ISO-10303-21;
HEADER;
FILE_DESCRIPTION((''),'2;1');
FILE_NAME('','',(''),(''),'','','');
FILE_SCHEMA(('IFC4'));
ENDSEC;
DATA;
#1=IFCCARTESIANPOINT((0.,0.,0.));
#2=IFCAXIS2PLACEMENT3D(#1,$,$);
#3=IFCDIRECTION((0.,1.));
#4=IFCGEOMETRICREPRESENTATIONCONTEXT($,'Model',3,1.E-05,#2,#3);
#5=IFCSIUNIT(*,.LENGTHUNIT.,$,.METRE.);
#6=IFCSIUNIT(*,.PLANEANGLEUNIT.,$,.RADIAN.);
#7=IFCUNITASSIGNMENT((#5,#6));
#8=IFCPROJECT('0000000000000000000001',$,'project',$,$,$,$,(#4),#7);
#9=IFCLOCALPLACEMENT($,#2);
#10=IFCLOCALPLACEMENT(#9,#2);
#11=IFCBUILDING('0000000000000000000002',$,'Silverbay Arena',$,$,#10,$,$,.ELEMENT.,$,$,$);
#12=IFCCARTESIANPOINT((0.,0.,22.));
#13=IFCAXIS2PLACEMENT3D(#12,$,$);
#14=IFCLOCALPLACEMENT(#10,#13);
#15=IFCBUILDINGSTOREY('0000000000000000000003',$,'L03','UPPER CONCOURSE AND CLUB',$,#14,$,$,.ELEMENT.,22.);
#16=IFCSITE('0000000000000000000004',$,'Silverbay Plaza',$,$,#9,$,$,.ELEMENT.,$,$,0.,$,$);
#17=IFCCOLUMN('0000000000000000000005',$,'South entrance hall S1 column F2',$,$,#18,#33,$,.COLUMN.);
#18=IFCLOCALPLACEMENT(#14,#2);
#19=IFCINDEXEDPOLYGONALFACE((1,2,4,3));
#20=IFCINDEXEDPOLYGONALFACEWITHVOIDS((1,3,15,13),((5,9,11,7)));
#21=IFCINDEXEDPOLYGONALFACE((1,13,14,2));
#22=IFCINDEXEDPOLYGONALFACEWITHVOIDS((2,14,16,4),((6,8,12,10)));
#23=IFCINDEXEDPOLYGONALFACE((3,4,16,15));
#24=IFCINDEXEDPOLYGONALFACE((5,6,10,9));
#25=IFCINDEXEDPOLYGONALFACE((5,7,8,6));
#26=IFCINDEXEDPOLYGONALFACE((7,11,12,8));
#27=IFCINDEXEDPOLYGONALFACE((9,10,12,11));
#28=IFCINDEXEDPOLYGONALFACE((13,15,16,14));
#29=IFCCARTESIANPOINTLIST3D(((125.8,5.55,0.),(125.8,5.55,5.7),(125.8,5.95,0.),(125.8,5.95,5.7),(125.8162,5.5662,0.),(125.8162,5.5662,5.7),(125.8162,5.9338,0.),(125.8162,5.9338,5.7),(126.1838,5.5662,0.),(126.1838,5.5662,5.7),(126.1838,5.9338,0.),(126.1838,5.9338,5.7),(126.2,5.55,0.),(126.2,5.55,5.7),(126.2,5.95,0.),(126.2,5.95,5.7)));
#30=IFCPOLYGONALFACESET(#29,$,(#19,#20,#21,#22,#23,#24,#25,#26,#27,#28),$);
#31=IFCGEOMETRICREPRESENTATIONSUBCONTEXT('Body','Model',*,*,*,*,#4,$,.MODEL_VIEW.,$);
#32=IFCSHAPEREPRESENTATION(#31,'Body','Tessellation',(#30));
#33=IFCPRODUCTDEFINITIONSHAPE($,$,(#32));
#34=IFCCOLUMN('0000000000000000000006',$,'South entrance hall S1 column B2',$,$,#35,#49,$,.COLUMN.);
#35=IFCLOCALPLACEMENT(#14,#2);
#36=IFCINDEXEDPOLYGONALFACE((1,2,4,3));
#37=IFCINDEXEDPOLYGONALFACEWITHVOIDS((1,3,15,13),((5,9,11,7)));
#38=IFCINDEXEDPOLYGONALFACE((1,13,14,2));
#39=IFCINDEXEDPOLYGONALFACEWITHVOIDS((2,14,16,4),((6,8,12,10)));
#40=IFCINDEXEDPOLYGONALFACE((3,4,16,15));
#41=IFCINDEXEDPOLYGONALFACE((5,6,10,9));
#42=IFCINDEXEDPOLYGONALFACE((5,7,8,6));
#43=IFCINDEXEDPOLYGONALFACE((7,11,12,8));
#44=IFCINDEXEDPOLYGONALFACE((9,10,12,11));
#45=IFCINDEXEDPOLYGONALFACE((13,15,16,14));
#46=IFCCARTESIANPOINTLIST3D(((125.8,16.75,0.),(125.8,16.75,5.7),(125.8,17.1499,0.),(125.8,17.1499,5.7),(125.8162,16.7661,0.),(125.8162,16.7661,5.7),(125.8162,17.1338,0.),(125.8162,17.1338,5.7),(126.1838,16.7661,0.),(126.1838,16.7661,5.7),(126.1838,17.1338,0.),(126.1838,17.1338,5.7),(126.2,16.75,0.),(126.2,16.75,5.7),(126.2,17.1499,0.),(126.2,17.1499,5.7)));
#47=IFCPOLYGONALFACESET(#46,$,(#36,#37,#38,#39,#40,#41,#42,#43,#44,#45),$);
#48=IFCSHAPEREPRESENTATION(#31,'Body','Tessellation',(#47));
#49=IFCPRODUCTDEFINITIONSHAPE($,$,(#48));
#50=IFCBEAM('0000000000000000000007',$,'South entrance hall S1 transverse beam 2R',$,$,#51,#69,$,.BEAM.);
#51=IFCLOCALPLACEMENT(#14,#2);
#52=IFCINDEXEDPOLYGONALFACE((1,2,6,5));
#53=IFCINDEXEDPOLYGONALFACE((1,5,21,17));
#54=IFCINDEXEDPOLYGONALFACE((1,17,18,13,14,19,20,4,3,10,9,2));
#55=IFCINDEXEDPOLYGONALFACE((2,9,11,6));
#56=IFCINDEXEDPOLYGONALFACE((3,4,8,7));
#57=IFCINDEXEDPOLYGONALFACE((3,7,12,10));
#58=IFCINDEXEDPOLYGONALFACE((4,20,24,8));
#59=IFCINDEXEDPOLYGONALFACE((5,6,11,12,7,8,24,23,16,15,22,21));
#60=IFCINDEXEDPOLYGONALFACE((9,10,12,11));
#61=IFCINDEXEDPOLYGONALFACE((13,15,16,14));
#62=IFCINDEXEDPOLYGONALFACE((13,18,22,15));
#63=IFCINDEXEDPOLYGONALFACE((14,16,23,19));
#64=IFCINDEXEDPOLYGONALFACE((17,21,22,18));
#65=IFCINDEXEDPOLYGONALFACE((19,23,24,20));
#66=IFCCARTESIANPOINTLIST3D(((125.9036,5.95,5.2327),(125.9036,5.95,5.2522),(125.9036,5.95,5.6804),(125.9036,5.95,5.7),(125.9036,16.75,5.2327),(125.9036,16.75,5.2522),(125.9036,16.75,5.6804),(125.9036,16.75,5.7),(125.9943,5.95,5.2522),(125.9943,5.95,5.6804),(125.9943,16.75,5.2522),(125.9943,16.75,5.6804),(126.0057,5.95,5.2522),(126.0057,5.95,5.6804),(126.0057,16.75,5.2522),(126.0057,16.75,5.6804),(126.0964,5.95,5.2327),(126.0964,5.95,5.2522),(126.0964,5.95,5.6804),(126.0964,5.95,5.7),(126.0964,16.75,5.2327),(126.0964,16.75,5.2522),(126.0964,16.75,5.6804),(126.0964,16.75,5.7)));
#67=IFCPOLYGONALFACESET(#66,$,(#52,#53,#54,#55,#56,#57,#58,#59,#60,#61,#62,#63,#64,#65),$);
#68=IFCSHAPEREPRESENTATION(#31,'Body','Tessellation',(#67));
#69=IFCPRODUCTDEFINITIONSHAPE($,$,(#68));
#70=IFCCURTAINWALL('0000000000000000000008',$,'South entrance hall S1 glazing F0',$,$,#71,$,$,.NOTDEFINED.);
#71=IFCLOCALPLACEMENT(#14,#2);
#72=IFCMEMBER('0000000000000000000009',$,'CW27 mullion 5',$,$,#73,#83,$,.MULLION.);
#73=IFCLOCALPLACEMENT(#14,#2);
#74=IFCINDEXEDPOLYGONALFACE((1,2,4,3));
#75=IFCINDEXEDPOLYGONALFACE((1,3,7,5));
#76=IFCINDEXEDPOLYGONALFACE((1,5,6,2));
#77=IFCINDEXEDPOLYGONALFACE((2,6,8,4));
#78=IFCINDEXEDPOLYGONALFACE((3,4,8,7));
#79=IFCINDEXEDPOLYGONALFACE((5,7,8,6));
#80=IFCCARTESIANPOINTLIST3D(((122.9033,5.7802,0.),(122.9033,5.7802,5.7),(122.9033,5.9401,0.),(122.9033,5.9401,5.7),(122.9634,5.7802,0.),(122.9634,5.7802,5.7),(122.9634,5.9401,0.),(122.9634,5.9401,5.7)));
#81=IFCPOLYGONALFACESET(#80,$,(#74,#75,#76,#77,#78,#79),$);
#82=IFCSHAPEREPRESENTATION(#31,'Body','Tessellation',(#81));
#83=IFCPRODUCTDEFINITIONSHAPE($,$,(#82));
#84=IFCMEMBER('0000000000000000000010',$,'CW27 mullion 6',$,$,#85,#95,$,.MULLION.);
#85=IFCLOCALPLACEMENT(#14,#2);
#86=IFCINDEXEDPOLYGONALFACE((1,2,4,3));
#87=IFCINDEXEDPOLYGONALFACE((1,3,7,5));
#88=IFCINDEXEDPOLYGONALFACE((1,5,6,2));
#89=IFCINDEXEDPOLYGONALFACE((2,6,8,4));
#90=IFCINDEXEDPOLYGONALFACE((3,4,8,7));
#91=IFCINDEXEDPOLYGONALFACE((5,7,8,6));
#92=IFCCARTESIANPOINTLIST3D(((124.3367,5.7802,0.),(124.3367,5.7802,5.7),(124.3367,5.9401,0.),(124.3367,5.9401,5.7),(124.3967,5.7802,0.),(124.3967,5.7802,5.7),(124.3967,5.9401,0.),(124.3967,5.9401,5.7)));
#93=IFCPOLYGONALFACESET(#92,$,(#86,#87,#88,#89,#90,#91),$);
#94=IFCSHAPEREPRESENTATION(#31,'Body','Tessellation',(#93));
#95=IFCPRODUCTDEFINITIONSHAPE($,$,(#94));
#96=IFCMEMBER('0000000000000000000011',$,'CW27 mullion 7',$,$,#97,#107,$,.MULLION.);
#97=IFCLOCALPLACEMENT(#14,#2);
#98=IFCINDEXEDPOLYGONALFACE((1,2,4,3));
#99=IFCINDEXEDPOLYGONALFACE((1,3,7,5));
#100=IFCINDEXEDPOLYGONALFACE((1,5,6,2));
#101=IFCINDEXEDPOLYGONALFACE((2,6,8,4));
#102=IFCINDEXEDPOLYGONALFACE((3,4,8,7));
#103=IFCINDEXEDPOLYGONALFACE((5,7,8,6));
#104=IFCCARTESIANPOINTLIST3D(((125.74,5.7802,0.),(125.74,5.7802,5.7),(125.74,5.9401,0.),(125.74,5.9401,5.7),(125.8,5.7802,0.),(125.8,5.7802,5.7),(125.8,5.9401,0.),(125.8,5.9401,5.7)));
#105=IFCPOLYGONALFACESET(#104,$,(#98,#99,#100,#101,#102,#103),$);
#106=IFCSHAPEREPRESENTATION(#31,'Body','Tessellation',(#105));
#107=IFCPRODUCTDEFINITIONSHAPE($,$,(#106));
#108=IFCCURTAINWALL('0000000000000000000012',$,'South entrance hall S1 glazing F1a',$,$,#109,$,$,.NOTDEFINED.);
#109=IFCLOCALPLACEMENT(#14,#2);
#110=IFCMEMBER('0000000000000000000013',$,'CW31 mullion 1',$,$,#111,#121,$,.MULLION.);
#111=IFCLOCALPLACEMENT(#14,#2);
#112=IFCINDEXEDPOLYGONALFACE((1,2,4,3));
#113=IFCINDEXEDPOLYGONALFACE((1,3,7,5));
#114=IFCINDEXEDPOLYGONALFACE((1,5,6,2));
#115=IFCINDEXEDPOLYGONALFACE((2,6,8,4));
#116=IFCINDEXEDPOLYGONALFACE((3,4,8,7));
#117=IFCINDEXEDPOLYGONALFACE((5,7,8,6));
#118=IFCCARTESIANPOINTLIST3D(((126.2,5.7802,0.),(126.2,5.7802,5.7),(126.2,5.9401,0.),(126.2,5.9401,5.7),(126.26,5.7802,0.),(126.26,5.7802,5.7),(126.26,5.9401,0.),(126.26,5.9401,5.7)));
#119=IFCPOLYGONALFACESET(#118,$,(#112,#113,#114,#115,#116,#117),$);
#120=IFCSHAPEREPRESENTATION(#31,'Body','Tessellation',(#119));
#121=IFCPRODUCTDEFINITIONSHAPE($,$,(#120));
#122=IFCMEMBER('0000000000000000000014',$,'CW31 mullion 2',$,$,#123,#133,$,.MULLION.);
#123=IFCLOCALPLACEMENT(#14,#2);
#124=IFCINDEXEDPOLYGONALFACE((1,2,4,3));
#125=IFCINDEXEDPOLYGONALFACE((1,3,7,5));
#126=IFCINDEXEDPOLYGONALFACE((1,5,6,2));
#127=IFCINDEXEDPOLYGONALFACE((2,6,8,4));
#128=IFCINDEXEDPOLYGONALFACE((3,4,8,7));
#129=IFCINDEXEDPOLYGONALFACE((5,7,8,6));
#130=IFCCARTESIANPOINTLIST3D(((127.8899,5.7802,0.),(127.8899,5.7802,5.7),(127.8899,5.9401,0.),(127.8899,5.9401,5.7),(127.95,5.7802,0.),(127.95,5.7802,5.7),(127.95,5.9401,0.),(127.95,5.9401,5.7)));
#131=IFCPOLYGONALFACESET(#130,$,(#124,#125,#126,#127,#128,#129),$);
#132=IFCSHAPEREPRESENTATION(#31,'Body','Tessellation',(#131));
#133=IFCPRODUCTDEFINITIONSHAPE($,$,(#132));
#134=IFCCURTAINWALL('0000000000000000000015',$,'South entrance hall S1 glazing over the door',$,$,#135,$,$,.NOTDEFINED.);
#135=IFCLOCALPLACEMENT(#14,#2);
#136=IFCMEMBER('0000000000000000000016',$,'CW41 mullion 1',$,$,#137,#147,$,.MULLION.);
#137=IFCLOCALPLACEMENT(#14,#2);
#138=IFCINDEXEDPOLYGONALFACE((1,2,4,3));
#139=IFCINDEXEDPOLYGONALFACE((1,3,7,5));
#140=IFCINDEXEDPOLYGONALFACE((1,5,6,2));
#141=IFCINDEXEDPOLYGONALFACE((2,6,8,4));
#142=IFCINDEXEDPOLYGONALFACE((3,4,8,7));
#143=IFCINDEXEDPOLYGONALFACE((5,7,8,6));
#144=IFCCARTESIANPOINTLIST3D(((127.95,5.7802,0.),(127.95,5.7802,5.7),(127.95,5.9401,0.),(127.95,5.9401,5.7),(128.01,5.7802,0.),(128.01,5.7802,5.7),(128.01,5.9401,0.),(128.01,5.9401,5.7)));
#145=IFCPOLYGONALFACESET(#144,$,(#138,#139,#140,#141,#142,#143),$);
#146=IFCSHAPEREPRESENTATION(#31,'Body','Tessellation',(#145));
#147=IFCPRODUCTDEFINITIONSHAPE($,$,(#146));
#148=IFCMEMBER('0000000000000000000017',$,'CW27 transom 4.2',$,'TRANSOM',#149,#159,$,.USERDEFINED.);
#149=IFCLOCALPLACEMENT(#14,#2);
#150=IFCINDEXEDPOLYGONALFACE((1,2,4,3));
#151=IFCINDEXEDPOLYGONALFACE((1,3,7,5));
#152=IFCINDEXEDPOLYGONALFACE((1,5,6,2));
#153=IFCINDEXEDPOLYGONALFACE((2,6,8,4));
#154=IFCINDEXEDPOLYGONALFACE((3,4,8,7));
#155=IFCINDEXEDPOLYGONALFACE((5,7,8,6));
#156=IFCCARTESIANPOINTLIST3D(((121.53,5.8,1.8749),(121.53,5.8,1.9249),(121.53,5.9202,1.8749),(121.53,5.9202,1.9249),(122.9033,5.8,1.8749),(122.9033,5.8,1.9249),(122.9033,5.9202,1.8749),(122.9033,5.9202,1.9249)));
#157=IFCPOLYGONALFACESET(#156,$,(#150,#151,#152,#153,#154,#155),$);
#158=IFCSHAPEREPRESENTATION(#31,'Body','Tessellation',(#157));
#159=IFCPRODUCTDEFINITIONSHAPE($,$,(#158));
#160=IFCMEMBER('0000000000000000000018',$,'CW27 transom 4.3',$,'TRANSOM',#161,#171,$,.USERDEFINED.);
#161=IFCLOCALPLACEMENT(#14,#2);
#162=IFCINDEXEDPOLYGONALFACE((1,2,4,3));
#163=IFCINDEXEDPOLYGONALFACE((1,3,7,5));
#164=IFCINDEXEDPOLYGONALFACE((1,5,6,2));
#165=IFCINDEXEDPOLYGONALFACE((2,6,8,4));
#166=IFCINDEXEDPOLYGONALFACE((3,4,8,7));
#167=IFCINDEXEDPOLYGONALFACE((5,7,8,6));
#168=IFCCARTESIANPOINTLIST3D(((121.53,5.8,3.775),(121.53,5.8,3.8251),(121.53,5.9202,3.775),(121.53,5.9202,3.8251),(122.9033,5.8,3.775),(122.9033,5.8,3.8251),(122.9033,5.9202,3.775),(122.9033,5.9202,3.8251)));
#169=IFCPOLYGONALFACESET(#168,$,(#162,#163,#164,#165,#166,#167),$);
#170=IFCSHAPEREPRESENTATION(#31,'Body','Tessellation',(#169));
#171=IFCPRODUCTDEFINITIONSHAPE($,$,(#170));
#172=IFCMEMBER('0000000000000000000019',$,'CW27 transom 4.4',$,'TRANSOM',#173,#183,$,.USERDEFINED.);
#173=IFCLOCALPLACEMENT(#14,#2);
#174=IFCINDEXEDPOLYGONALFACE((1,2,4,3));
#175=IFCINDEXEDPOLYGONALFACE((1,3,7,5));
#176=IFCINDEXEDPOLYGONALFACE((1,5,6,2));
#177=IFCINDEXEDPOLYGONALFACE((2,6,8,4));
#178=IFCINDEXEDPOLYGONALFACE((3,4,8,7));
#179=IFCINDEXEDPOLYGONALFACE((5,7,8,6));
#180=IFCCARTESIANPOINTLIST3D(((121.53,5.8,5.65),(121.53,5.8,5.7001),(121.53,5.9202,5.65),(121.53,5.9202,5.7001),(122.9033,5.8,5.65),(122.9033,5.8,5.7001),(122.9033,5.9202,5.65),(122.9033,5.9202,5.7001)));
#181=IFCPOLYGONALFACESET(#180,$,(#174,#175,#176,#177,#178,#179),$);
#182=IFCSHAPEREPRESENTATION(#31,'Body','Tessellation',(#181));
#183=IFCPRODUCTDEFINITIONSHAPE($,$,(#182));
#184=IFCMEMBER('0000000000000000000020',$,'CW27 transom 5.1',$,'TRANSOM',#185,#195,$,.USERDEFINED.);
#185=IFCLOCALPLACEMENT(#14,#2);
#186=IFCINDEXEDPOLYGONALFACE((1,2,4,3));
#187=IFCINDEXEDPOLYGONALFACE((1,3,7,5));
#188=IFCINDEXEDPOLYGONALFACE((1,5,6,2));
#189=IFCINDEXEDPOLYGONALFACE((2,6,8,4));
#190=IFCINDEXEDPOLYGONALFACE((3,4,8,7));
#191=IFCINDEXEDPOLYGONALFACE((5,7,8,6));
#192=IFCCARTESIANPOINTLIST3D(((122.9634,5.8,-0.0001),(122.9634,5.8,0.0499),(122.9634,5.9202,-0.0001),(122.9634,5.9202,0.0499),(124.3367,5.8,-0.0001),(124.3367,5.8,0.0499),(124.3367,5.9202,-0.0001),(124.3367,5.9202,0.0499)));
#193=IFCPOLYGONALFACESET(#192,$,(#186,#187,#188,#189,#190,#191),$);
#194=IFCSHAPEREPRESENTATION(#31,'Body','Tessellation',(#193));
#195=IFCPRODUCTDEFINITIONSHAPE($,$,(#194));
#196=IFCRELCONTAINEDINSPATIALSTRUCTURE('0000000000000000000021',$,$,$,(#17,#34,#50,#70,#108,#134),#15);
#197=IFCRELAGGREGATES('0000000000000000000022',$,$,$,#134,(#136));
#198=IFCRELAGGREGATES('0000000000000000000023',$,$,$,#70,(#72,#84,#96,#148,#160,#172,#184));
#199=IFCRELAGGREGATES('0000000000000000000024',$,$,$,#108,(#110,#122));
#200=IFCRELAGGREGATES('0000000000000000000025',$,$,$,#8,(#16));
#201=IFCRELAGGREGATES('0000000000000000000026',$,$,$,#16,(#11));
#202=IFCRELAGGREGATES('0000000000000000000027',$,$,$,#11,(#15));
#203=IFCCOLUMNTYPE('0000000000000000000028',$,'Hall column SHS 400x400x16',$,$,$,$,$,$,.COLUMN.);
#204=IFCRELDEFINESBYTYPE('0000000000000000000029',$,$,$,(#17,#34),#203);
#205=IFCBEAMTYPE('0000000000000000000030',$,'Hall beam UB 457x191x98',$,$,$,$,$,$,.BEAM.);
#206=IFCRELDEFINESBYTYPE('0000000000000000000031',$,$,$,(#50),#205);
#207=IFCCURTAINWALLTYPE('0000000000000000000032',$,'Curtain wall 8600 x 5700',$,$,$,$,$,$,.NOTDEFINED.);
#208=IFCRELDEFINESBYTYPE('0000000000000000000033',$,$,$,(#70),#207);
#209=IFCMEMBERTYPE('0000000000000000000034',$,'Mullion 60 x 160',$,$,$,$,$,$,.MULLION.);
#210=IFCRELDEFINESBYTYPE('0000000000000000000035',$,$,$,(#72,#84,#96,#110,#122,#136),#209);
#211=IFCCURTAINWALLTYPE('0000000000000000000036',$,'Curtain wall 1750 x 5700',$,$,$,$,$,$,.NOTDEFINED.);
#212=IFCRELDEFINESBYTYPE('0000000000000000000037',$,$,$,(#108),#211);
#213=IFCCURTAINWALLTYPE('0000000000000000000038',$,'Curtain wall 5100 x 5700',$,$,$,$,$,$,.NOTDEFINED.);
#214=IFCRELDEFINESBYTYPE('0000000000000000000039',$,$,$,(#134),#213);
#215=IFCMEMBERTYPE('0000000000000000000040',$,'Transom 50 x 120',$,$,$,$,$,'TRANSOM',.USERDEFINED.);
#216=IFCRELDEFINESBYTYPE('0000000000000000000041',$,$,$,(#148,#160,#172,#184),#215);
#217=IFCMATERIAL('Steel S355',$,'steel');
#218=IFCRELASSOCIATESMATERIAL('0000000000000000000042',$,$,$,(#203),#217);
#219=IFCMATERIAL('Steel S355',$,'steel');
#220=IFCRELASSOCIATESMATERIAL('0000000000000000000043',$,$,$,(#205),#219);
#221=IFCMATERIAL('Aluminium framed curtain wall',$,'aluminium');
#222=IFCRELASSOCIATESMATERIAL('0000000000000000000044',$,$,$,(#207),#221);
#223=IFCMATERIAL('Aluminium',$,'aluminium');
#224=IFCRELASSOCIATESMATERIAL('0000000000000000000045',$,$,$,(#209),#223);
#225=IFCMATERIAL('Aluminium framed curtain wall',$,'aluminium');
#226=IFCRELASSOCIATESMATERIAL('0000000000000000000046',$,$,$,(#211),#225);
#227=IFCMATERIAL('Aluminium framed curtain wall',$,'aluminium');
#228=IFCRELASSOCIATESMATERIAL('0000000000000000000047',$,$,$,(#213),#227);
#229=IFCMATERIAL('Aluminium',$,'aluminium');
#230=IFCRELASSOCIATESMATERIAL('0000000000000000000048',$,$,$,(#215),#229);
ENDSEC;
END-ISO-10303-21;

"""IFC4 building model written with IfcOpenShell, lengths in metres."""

from ifc_helpers import new_model, si_unit, direction, frame, origin, origin_2d, place, context, subcontext, project, spatial, rectangle, hollow_rectangle, i_section, extrude, material, material_profile, profile_set, type_object, element, aggregate, save


model = new_model("IFC4")

# Units and contexts
model_context = context("Model", 3, precision=1e-05, world=origin(), true_north=direction((0.0, 1.0)))
body_context = subcontext(model_context, "Body", "Model", "MODEL_VIEW")
ifc_project = project(units=[si_unit("LENGTHUNIT", "METRE"), si_unit("PLANEANGLEUNIT", "RADIAN")], contexts=[model_context])

# Site, building, storey
site_placement = place(None, origin())
site = spatial("IfcSite", under=ifc_project, at=site_placement, Name="Silverbay Plaza", CompositionType="ELEMENT", RefElevation=0.0)
building_placement = place(site_placement, origin())
building = spatial("IfcBuilding", under=site, at=building_placement, Name="Silverbay Arena", CompositionType="ELEMENT")
storey_placement = place(building_placement, frame((0.0, 0.0, 22.0)))
storey = spatial("IfcBuildingStorey", under=building, at=storey_placement, Name="L03", Description="UPPER CONCOURSE AND CLUB", CompositionType="ELEMENT", Elevation=22.0)

# Columns
ifc_material_1 = material(Name="Steel S355", Category="steel")
ifc_material_profile_1 = material_profile(ifc_material_1, hollow_rectangle(XDim=0.3999, YDim=0.3999, WallThickness=0.0161, at=origin_2d()), Name="SHS 400x400x16")
ifc_profile_set_1 = profile_set([ifc_material_profile_1], Name="Steel S355")
column_type = type_object("IfcColumnType", Name="Hall column SHS 400x400x16", PredefinedType="COLUMN", material=ifc_profile_set_1)
for number, where, z_axis, x_axis, name in (
    (1, (126.0, 5.75, 0.0), (0.0, 0.0, 1.0), (1.0, 0.0, 0.0), "South entrance hall S1 column F2"),
    (2, (126.0, 16.95, 0.0), (0.0, 0.0, 1.0), (1.0, 0.0, 0.0), "South entrance hall S1 column B2"),
):
    element("IfcColumn", number, at=place(storey_placement, frame(where, z_axis=z_axis, x_axis=x_axis)), inside=storey, type_object=column_type, Name=name, PredefinedType="COLUMN", context=body_context, shape_type="SweptSolid", body=[
        extrude(hollow_rectangle(XDim=0.3999, YDim=0.3999, WallThickness=0.0161, at=origin_2d()), origin(), (0.0, 0.0, 1.0), 5.7),
    ])

# Beam
ifc_material_2 = material(Name="Steel S355", Category="steel")
ifc_material_profile_2 = material_profile(ifc_material_2, i_section(OverallWidth=0.1929, OverallDepth=0.4673, WebThickness=0.0115, FlangeThickness=0.0195, at=origin_2d()), Name="UB 457x191x98")
ifc_profile_set_2 = profile_set([ifc_material_profile_2], Name="Steel S355")
beam_type = type_object("IfcBeamType", Name="Hall beam UB 457x191x98", PredefinedType="BEAM", material=ifc_profile_set_2)
beam_placement = place(storey_placement, frame((126.0, 16.75, 5.4663), z_axis=(0.0, -1.0, 0.0), x_axis=(1.0, 0.0, 0.0)))
element("IfcBeam", 3, at=beam_placement, inside=storey, type_object=beam_type, Name="South entrance hall S1 transverse beam 2R", PredefinedType="BEAM", context=body_context, shape_type="SweptSolid", body=[
    extrude(i_section(OverallWidth=0.1929, OverallDepth=0.4673, WebThickness=0.0115, FlangeThickness=0.0195, at=origin_2d()), origin(), (0.0, 0.0, 1.0), 10.8),
])

# Curtain walls, members
ifc_material_3 = material(Name="Aluminium framed curtain wall", Category="aluminium")
curtain_wall_type_1 = type_object("IfcCurtainWallType", Name="Curtain wall 8600 x 5700", PredefinedType="NOTDEFINED", material=ifc_material_3)
curtain_wall_1_placement = place(storey_placement, origin())
curtain_wall_1 = element("IfcCurtainWall", 4, at=curtain_wall_1_placement, inside=storey, type_object=curtain_wall_type_1, Name="South entrance hall S1 glazing F0", PredefinedType="NOTDEFINED")
ifc_material_4 = material(Name="Aluminium", Category="aluminium")
ifc_material_profile_3 = material_profile(ifc_material_4, rectangle(XDim=0.1599, YDim=0.0601, at=origin_2d()), Name="Mullion 60 x 160")
ifc_profile_set_3 = profile_set([ifc_material_profile_3], Name="Aluminium")
member_type_1 = type_object("IfcMemberType", Name="Mullion 60 x 160", PredefinedType="MULLION", material=ifc_profile_set_3)
member_1_placement = place(storey_placement, frame((122.9333, 5.8601, 0.0), z_axis=(0.0, 0.0, 1.0), x_axis=(0.0, 1.0, 0.0)))
member_1 = element("IfcMember", 5, at=member_1_placement, type_object=member_type_1, Name="CW27 mullion 5", PredefinedType="MULLION", context=body_context, shape_type="SweptSolid", body=[
    extrude(rectangle(XDim=0.1599, YDim=0.0601, at=origin_2d()), origin(), (0.0, 0.0, 1.0), 5.7),
])
member_2_placement = place(storey_placement, frame((124.3667, 5.8601, 0.0), z_axis=(0.0, 0.0, 1.0), x_axis=(0.0, 1.0, 0.0)))
member_2 = element("IfcMember", 6, at=member_2_placement, type_object=member_type_1, Name="CW27 mullion 6", PredefinedType="MULLION", context=body_context, shape_type="SweptSolid", body=[
    extrude(rectangle(XDim=0.1599, YDim=0.0601, at=origin_2d()), origin(), (0.0, 0.0, 1.0), 5.7),
])
member_3_placement = place(storey_placement, frame((125.77, 5.8601, 0.0), z_axis=(0.0, 0.0, 1.0), x_axis=(0.0, 1.0, 0.0)))
member_3 = element("IfcMember", 7, at=member_3_placement, type_object=member_type_1, Name="CW27 mullion 7", PredefinedType="MULLION", context=body_context, shape_type="SweptSolid", body=[
    extrude(rectangle(XDim=0.1599, YDim=0.0601, at=origin_2d()), origin(), (0.0, 0.0, 1.0), 5.7),
])
ifc_material_5 = material(Name="Aluminium framed curtain wall", Category="aluminium")
curtain_wall_type_2 = type_object("IfcCurtainWallType", Name="Curtain wall 1750 x 5700", PredefinedType="NOTDEFINED", material=ifc_material_5)
curtain_wall_2_placement = place(storey_placement, origin())
curtain_wall_2 = element("IfcCurtainWall", 8, at=curtain_wall_2_placement, inside=storey, type_object=curtain_wall_type_2, Name="South entrance hall S1 glazing F1a", PredefinedType="NOTDEFINED")
member_4_placement = place(storey_placement, frame((126.23, 5.8601, 0.0), z_axis=(0.0, 0.0, 1.0), x_axis=(0.0, 1.0, 0.0)))
member_4 = element("IfcMember", 9, at=member_4_placement, type_object=member_type_1, Name="CW31 mullion 1", PredefinedType="MULLION", context=body_context, shape_type="SweptSolid", body=[
    extrude(rectangle(XDim=0.1599, YDim=0.0601, at=origin_2d()), origin(), (0.0, 0.0, 1.0), 5.7),
])
member_5_placement = place(storey_placement, frame((127.9199, 5.8601, 0.0), z_axis=(0.0, 0.0, 1.0), x_axis=(0.0, 1.0, 0.0)))
member_5 = element("IfcMember", 10, at=member_5_placement, type_object=member_type_1, Name="CW31 mullion 2", PredefinedType="MULLION", context=body_context, shape_type="SweptSolid", body=[
    extrude(rectangle(XDim=0.1599, YDim=0.0601, at=origin_2d()), origin(), (0.0, 0.0, 1.0), 5.7),
])

# Curtain wall, member
ifc_material_6 = material(Name="Aluminium framed curtain wall", Category="aluminium")
curtain_wall_type_3 = type_object("IfcCurtainWallType", Name="Curtain wall 5100 x 5700", PredefinedType="NOTDEFINED", material=ifc_material_6)
curtain_wall_3_placement = place(storey_placement, origin())
curtain_wall_3 = element("IfcCurtainWall", 11, at=curtain_wall_3_placement, inside=storey, type_object=curtain_wall_type_3, Name="South entrance hall S1 glazing over the door", PredefinedType="NOTDEFINED")
member_6_placement = place(storey_placement, frame((127.98, 5.8601, 0.0), z_axis=(0.0, 0.0, 1.0), x_axis=(0.0, 1.0, 0.0)))
member_6 = element("IfcMember", 12, at=member_6_placement, type_object=member_type_1, Name="CW41 mullion 1", PredefinedType="MULLION", context=body_context, shape_type="SweptSolid", body=[
    extrude(rectangle(XDim=0.1599, YDim=0.0601, at=origin_2d()), origin(), (0.0, 0.0, 1.0), 5.7),
])

# Members
ifc_material_7 = material(Name="Aluminium", Category="aluminium")
ifc_material_profile_4 = material_profile(ifc_material_7, rectangle(XDim=0.1201, YDim=0.05, at=origin_2d()), Name="Transom 50 x 120")
ifc_profile_set_4 = profile_set([ifc_material_profile_4], Name="Aluminium")
member_type_2 = type_object("IfcMemberType", Name="Transom 50 x 120", ElementType="TRANSOM", PredefinedType="USERDEFINED", material=ifc_profile_set_4)
member_7_placement = place(storey_placement, frame((121.53, 5.8601, 1.8999), z_axis=(1.0, 0.0, 0.0), x_axis=(0.0, 1.0, 0.0)))
member_7 = element("IfcMember", 13, at=member_7_placement, type_object=member_type_2, Name="CW27 transom 4.2", ObjectType="TRANSOM", PredefinedType="USERDEFINED", context=body_context, shape_type="SweptSolid", body=[
    extrude(rectangle(XDim=0.1201, YDim=0.05, at=origin_2d()), origin(), (0.0, 0.0, 1.0), 1.3733),
])
member_8_placement = place(storey_placement, frame((121.53, 5.8601, 3.8), z_axis=(1.0, 0.0, 0.0), x_axis=(0.0, 1.0, 0.0)))
member_8 = element("IfcMember", 14, at=member_8_placement, type_object=member_type_2, Name="CW27 transom 4.3", ObjectType="TRANSOM", PredefinedType="USERDEFINED", context=body_context, shape_type="SweptSolid", body=[
    extrude(rectangle(XDim=0.1201, YDim=0.05, at=origin_2d()), origin(), (0.0, 0.0, 1.0), 1.3733),
])
member_9_placement = place(storey_placement, frame((121.53, 5.8601, 5.675), z_axis=(1.0, 0.0, 0.0), x_axis=(0.0, 1.0, 0.0)))
member_9 = element("IfcMember", 15, at=member_9_placement, type_object=member_type_2, Name="CW27 transom 4.4", ObjectType="TRANSOM", PredefinedType="USERDEFINED", context=body_context, shape_type="SweptSolid", body=[
    extrude(rectangle(XDim=0.1201, YDim=0.05, at=origin_2d()), origin(), (0.0, 0.0, 1.0), 1.3733),
])
member_10_placement = place(storey_placement, frame((122.9634, 5.8601, 0.0249), z_axis=(1.0, 0.0, 0.0), x_axis=(0.0, 1.0, 0.0)))
member_10 = element("IfcMember", 16, at=member_10_placement, type_object=member_type_2, Name="CW27 transom 5.1", ObjectType="TRANSOM", PredefinedType="USERDEFINED", context=body_context, shape_type="SweptSolid", body=[
    extrude(rectangle(XDim=0.1201, YDim=0.05, at=origin_2d()), origin(), (0.0, 0.0, 1.0), 1.3733),
])
aggregate(curtain_wall_3, [member_6])

aggregate(curtain_wall_1, [member_1, member_2, member_3, member_7, member_8, member_9, member_10])
aggregate(curtain_wall_2, [member_4, member_5])

save(model, "model.ifc")
